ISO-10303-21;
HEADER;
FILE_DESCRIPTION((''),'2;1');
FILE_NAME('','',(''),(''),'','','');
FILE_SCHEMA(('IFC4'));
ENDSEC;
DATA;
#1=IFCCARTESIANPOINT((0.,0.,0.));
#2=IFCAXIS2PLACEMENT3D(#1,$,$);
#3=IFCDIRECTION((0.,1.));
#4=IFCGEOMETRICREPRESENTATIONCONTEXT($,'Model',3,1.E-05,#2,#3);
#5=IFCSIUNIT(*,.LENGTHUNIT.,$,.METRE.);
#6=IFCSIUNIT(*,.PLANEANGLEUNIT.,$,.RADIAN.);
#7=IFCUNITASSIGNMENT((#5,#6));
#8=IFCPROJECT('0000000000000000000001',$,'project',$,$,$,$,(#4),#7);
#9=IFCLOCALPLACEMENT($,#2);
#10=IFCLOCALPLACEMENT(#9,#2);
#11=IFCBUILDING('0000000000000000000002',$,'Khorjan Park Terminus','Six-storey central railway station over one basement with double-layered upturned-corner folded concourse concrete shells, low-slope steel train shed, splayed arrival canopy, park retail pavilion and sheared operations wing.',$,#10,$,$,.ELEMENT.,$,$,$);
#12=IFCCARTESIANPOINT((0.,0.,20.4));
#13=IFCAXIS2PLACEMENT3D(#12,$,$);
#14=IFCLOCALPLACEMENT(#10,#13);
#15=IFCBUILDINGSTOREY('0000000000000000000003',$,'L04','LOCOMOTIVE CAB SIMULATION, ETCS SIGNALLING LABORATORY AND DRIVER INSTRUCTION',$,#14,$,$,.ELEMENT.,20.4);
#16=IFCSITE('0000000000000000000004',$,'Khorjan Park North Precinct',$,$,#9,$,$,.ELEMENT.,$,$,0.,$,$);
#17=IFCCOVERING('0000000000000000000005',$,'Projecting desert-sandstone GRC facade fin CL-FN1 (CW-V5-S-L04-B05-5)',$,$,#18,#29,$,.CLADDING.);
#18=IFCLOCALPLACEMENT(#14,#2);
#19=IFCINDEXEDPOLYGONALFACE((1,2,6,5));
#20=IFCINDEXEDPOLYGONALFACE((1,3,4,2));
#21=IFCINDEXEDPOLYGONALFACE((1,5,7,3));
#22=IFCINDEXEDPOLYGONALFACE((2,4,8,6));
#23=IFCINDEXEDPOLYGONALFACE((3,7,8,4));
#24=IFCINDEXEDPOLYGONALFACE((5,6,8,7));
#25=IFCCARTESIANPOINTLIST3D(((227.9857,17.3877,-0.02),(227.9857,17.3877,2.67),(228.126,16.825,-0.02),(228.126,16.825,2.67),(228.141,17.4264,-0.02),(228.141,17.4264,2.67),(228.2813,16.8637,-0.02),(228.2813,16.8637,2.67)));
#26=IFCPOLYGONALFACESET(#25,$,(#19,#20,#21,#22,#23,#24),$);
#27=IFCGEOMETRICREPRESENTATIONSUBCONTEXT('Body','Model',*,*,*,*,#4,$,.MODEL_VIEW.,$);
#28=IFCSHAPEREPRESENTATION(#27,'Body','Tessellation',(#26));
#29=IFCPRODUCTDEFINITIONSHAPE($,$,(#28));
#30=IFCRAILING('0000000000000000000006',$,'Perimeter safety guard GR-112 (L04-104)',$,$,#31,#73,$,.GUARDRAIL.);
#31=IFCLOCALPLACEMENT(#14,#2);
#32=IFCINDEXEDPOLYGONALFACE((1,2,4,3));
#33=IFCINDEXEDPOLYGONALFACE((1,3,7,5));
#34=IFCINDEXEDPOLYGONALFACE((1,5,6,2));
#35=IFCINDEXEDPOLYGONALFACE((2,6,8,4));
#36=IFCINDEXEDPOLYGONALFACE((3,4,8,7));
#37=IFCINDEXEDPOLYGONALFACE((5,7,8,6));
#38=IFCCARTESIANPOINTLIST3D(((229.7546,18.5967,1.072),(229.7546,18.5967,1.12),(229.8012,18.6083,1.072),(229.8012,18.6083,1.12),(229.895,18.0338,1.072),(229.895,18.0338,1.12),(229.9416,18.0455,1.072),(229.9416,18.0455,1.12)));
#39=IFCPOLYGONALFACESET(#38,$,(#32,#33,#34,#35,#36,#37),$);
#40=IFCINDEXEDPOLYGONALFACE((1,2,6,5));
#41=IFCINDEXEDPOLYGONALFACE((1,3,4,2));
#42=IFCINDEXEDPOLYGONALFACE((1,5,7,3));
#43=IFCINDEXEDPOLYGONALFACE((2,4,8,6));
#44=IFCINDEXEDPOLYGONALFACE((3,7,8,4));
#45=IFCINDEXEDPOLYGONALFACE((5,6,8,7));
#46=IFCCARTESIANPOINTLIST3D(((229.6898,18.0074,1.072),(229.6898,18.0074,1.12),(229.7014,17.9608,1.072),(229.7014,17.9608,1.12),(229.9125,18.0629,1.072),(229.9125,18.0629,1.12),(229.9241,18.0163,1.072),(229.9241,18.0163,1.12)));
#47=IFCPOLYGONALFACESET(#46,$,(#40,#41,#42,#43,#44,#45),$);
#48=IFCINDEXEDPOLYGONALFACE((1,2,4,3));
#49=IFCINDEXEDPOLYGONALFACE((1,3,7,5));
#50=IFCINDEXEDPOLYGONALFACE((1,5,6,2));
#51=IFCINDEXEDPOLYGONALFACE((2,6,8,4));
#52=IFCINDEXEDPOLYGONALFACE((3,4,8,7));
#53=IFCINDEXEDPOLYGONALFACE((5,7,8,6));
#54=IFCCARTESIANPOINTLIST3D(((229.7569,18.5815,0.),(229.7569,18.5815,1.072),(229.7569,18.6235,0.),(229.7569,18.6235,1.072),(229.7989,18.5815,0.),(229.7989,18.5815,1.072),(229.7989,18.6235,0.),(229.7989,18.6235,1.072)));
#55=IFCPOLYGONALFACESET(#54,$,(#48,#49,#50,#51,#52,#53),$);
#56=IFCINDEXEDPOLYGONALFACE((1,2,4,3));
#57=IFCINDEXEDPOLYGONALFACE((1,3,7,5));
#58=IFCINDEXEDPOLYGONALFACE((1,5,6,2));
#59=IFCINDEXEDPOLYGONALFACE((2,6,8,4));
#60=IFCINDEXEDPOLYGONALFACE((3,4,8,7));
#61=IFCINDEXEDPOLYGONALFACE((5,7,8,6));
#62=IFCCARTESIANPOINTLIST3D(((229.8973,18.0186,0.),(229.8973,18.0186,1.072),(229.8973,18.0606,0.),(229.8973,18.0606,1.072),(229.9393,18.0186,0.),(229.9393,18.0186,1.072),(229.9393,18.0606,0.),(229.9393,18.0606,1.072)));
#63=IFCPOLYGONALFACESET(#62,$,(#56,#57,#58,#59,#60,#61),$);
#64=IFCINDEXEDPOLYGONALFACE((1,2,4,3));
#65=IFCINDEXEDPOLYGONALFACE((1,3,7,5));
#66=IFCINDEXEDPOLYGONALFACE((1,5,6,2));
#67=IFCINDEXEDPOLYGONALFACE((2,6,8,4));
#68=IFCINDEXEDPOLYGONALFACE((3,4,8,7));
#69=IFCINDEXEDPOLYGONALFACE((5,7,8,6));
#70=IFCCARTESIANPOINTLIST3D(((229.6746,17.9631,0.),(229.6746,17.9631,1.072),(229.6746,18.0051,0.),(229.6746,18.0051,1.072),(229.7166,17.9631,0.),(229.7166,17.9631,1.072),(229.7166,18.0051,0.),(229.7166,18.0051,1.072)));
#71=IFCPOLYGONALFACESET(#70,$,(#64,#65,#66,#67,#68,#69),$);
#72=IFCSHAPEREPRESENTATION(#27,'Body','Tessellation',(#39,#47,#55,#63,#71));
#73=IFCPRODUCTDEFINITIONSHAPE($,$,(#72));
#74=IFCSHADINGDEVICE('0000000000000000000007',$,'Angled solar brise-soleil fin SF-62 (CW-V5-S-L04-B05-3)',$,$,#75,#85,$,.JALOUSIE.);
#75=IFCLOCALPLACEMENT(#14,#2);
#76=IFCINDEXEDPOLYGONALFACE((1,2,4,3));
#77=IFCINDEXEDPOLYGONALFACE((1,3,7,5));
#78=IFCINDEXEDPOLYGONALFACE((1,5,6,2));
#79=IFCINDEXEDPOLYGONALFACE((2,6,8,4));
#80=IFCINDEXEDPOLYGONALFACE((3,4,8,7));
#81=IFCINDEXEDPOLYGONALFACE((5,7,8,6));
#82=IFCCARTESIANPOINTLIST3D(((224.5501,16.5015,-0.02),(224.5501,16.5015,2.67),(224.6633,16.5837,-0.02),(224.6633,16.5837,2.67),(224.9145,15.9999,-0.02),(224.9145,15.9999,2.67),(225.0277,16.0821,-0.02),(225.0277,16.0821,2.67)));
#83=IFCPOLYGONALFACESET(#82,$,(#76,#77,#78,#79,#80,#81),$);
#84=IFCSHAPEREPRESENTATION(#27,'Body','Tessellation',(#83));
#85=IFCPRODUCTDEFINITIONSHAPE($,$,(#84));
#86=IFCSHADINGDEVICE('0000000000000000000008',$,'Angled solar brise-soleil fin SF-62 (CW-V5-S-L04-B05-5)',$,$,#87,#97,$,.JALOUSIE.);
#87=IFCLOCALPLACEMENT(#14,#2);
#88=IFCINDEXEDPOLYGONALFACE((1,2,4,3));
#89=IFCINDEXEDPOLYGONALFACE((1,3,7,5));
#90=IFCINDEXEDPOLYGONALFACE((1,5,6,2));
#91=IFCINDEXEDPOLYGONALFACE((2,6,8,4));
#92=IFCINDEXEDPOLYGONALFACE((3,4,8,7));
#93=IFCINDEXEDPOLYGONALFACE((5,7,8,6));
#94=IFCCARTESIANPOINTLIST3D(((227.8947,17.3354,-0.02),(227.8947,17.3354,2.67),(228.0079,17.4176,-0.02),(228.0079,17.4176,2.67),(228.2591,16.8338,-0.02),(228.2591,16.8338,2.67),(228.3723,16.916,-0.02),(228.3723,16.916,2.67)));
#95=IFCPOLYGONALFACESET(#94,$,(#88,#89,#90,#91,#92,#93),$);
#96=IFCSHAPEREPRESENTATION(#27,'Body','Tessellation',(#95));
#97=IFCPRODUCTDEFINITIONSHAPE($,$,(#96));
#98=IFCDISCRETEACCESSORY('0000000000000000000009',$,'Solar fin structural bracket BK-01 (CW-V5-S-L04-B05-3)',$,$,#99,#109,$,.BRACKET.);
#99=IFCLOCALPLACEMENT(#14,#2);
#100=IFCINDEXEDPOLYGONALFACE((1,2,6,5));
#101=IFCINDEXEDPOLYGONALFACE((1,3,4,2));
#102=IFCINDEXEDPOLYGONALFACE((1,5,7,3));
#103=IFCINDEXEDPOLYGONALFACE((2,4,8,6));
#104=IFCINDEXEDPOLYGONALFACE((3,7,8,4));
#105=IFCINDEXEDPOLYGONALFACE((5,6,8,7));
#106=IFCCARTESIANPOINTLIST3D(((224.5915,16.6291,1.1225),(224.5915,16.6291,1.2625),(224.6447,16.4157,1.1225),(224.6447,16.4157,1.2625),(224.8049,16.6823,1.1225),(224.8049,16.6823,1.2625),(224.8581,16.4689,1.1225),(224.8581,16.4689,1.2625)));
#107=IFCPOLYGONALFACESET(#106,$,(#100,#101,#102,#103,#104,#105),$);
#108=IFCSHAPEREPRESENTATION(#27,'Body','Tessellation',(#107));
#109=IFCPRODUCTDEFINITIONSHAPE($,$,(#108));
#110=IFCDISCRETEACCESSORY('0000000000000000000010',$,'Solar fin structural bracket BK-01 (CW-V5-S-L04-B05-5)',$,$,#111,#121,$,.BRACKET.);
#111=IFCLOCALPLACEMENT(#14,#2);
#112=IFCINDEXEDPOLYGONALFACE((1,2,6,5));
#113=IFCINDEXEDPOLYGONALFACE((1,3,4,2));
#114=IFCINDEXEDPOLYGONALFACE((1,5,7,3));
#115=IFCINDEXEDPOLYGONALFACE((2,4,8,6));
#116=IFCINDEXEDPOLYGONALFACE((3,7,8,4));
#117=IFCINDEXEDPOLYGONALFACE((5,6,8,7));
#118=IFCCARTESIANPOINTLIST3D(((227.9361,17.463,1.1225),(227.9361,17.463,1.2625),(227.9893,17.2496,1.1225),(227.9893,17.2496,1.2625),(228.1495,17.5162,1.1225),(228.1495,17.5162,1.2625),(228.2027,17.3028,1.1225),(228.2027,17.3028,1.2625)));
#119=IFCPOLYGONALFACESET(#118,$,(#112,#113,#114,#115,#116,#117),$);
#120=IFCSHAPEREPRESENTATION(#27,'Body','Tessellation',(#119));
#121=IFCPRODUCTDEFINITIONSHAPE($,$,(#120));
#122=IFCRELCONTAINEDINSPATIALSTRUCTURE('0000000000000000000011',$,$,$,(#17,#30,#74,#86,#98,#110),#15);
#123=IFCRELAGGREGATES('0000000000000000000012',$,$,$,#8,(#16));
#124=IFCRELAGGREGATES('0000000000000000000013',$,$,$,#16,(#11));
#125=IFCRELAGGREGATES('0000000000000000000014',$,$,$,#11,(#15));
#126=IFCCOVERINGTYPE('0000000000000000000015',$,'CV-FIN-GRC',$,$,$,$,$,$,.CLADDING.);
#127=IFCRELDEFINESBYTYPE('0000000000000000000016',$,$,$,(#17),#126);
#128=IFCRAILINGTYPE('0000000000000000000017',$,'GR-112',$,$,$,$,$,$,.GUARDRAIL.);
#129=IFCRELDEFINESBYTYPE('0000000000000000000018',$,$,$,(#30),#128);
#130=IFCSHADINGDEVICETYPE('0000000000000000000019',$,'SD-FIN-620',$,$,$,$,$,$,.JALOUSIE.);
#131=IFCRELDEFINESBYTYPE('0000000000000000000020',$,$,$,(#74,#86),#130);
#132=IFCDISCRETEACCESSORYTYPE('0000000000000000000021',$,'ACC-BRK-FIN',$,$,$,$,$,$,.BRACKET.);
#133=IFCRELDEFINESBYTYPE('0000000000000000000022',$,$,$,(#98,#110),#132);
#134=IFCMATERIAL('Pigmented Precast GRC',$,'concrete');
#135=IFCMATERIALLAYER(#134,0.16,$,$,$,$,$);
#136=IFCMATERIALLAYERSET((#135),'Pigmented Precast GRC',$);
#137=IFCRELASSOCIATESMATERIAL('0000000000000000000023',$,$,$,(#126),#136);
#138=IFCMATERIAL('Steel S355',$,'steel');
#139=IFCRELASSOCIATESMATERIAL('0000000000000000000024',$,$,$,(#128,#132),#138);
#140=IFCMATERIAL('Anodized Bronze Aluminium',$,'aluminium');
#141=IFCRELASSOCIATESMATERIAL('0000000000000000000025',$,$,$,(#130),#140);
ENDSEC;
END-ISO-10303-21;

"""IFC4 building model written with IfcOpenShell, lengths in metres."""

from ifc_helpers import new_model, si_unit, direction, frame, origin, origin_2d, place, context, subcontext, project, spatial, rectangle, extrude, material, layer, layer_set, type_object, element, save


model = new_model("IFC4")

# Units and contexts
model_context = context("Model", 3, precision=1e-05, world=origin(), true_north=direction((0.0, 1.0)))
body_context = subcontext(model_context, "Body", "Model", "MODEL_VIEW")
ifc_project = project(units=[si_unit("LENGTHUNIT", "METRE"), si_unit("PLANEANGLEUNIT", "RADIAN")], contexts=[model_context])

# Site, building, storey
site_placement = place(None, origin())
site = spatial("IfcSite", under=ifc_project, at=site_placement, Name="Khorjan Park North Precinct", CompositionType="ELEMENT", RefElevation=0.0)
building_placement = place(site_placement, origin())
building = spatial("IfcBuilding", under=site, at=building_placement, Name="Khorjan Park Terminus", Description="Six-storey central railway station over one basement with double-layered upturned-corner folded concourse concrete shells, low-slope steel train shed, splayed arrival canopy, park retail pavilion and sheared operations wing.", CompositionType="ELEMENT")
storey_placement = place(building_placement, frame((0.0, 0.0, 20.4)))
storey = spatial("IfcBuildingStorey", under=building, at=storey_placement, Name="L04", Description="LOCOMOTIVE CAB SIMULATION, ETCS SIGNALLING LABORATORY AND DRIVER INSTRUCTION", CompositionType="ELEMENT", Elevation=20.4)

# Shared definitions
ifc_material_1 = material(Name="Steel S355", Category="steel")

# Shared definitions
ifc_material_2 = material(Name="Anodized Bronze Aluminium", Category="aluminium")

# Covering
ifc_material_3 = material(Name="Pigmented Precast GRC", Category="concrete")
ifc_layer_1 = layer(ifc_material_3, 0.16)
ifc_layer_set_1 = layer_set([ifc_layer_1], Name="Pigmented Precast GRC")
covering_type = type_object("IfcCoveringType", Name="CV-FIN-GRC", PredefinedType="CLADDING", material=ifc_layer_set_1)
covering_placement = place(storey_placement, frame((228.1335, 17.1257, -0.02), z_axis=(0.0, 0.0, 1.0), x_axis=(-0.241922, 0.970296, 0.0)))
element("IfcCovering", 1, at=covering_placement, inside=storey, type_object=covering_type, Name="Projecting desert-sandstone GRC facade fin CL-FN1 (CW-V5-S-L04-B05-5)", PredefinedType="CLADDING", context=body_context, shape_type="SweptSolid", body=[
    extrude(rectangle(XDim=0.58, YDim=0.16, at=origin_2d()), origin(), (0.0, 0.0, 1.0), 2.69),
])

# Railing
railing_type = type_object("IfcRailingType", Name="GR-112", PredefinedType="GUARDRAIL", material=ifc_material_1)
railing_placement = place(storey_placement, frame((229.7779, 18.6025, 0.0)))
element("IfcRailing", 2, at=railing_placement, inside=storey, type_object=railing_type, Name="Perimeter safety guard GR-112 (L04-104)", PredefinedType="GUARDRAIL", context=body_context, shape_type="SweptSolid", body=[
    extrude(rectangle(XDim=0.048, YDim=0.048, at=origin_2d()), frame((0.0, 0.0, 1.096), z_axis=(0.242008, -0.970274, 0.0), x_axis=(0.970274, 0.242008, 0.0)), (0.0, 0.0, 1.0), 0.5801),
    extrude(rectangle(XDim=0.048, YDim=0.048, at=origin_2d()), frame((0.1404, -0.5629, 1.096), z_axis=(-0.970322, -0.241818, 0.0), x_axis=(0.241818, -0.970322, 0.0)), (0.0, 0.0, 1.0), 0.2295),
    extrude(rectangle(XDim=0.042, YDim=0.042, at=origin_2d()), origin(), (0.0, 0.0, 1.0), 1.072),
    extrude(rectangle(XDim=0.042, YDim=0.042, at=origin_2d()), frame((0.1404, -0.5629, 0.0)), (0.0, 0.0, 1.0), 1.072),
    extrude(rectangle(XDim=0.042, YDim=0.042, at=origin_2d()), frame((-0.0823, -0.6184, 0.0)), (0.0, 0.0, 1.0), 1.072),
])

# Shading devices
shading_device_type = type_object("IfcShadingDeviceType", Name="SD-FIN-620", PredefinedType="JALOUSIE", material=ifc_material_2)
for number, where, z_axis, x_axis, name in (
    (3, (224.7889, 16.2918, -0.02), (0.0, 0.0, 1.0), (-0.587785, 0.809017, 0.0), "Angled solar brise-soleil fin SF-62 (CW-V5-S-L04-B05-3)"),
    (4, (228.1335, 17.1257, -0.02), (0.0, 0.0, 1.0), (-0.587785, 0.809017, 0.0), "Angled solar brise-soleil fin SF-62 (CW-V5-S-L04-B05-5)"),
):
    element("IfcShadingDevice", number, at=place(storey_placement, frame(where, z_axis=z_axis, x_axis=x_axis)), inside=storey, type_object=shading_device_type, Name=name, PredefinedType="JALOUSIE", context=body_context, shape_type="SweptSolid", body=[
        extrude(rectangle(XDim=0.62, YDim=0.14, at=origin_2d()), origin(), (0.0, 0.0, 1.0), 2.69),
    ])

# Discrete accessories
discrete_accessory_type = type_object("IfcDiscreteAccessoryType", Name="ACC-BRK-FIN", PredefinedType="BRACKET", material=ifc_material_1)
for number, where, z_axis, x_axis, name in (
    (5, (224.7248, 16.549, 1.1225), (0.0, 0.0, 1.0), (0.970296, 0.241919, 0.0), "Solar fin structural bracket BK-01 (CW-V5-S-L04-B05-3)"),
    (6, (228.0694, 17.3829, 1.1225), (0.0, 0.0, 1.0), (0.970296, 0.241919, 0.0), "Solar fin structural bracket BK-01 (CW-V5-S-L04-B05-5)"),
):
    element("IfcDiscreteAccessory", number, at=place(storey_placement, frame(where, z_axis=z_axis, x_axis=x_axis)), inside=storey, type_object=discrete_accessory_type, Name=name, PredefinedType="BRACKET", context=body_context, shape_type="SweptSolid", body=[
        extrude(rectangle(XDim=0.22, YDim=0.22, at=origin_2d()), origin(), (0.0, 0.0, 1.0), 0.14),
    ])

save(model, "model.ifc")
